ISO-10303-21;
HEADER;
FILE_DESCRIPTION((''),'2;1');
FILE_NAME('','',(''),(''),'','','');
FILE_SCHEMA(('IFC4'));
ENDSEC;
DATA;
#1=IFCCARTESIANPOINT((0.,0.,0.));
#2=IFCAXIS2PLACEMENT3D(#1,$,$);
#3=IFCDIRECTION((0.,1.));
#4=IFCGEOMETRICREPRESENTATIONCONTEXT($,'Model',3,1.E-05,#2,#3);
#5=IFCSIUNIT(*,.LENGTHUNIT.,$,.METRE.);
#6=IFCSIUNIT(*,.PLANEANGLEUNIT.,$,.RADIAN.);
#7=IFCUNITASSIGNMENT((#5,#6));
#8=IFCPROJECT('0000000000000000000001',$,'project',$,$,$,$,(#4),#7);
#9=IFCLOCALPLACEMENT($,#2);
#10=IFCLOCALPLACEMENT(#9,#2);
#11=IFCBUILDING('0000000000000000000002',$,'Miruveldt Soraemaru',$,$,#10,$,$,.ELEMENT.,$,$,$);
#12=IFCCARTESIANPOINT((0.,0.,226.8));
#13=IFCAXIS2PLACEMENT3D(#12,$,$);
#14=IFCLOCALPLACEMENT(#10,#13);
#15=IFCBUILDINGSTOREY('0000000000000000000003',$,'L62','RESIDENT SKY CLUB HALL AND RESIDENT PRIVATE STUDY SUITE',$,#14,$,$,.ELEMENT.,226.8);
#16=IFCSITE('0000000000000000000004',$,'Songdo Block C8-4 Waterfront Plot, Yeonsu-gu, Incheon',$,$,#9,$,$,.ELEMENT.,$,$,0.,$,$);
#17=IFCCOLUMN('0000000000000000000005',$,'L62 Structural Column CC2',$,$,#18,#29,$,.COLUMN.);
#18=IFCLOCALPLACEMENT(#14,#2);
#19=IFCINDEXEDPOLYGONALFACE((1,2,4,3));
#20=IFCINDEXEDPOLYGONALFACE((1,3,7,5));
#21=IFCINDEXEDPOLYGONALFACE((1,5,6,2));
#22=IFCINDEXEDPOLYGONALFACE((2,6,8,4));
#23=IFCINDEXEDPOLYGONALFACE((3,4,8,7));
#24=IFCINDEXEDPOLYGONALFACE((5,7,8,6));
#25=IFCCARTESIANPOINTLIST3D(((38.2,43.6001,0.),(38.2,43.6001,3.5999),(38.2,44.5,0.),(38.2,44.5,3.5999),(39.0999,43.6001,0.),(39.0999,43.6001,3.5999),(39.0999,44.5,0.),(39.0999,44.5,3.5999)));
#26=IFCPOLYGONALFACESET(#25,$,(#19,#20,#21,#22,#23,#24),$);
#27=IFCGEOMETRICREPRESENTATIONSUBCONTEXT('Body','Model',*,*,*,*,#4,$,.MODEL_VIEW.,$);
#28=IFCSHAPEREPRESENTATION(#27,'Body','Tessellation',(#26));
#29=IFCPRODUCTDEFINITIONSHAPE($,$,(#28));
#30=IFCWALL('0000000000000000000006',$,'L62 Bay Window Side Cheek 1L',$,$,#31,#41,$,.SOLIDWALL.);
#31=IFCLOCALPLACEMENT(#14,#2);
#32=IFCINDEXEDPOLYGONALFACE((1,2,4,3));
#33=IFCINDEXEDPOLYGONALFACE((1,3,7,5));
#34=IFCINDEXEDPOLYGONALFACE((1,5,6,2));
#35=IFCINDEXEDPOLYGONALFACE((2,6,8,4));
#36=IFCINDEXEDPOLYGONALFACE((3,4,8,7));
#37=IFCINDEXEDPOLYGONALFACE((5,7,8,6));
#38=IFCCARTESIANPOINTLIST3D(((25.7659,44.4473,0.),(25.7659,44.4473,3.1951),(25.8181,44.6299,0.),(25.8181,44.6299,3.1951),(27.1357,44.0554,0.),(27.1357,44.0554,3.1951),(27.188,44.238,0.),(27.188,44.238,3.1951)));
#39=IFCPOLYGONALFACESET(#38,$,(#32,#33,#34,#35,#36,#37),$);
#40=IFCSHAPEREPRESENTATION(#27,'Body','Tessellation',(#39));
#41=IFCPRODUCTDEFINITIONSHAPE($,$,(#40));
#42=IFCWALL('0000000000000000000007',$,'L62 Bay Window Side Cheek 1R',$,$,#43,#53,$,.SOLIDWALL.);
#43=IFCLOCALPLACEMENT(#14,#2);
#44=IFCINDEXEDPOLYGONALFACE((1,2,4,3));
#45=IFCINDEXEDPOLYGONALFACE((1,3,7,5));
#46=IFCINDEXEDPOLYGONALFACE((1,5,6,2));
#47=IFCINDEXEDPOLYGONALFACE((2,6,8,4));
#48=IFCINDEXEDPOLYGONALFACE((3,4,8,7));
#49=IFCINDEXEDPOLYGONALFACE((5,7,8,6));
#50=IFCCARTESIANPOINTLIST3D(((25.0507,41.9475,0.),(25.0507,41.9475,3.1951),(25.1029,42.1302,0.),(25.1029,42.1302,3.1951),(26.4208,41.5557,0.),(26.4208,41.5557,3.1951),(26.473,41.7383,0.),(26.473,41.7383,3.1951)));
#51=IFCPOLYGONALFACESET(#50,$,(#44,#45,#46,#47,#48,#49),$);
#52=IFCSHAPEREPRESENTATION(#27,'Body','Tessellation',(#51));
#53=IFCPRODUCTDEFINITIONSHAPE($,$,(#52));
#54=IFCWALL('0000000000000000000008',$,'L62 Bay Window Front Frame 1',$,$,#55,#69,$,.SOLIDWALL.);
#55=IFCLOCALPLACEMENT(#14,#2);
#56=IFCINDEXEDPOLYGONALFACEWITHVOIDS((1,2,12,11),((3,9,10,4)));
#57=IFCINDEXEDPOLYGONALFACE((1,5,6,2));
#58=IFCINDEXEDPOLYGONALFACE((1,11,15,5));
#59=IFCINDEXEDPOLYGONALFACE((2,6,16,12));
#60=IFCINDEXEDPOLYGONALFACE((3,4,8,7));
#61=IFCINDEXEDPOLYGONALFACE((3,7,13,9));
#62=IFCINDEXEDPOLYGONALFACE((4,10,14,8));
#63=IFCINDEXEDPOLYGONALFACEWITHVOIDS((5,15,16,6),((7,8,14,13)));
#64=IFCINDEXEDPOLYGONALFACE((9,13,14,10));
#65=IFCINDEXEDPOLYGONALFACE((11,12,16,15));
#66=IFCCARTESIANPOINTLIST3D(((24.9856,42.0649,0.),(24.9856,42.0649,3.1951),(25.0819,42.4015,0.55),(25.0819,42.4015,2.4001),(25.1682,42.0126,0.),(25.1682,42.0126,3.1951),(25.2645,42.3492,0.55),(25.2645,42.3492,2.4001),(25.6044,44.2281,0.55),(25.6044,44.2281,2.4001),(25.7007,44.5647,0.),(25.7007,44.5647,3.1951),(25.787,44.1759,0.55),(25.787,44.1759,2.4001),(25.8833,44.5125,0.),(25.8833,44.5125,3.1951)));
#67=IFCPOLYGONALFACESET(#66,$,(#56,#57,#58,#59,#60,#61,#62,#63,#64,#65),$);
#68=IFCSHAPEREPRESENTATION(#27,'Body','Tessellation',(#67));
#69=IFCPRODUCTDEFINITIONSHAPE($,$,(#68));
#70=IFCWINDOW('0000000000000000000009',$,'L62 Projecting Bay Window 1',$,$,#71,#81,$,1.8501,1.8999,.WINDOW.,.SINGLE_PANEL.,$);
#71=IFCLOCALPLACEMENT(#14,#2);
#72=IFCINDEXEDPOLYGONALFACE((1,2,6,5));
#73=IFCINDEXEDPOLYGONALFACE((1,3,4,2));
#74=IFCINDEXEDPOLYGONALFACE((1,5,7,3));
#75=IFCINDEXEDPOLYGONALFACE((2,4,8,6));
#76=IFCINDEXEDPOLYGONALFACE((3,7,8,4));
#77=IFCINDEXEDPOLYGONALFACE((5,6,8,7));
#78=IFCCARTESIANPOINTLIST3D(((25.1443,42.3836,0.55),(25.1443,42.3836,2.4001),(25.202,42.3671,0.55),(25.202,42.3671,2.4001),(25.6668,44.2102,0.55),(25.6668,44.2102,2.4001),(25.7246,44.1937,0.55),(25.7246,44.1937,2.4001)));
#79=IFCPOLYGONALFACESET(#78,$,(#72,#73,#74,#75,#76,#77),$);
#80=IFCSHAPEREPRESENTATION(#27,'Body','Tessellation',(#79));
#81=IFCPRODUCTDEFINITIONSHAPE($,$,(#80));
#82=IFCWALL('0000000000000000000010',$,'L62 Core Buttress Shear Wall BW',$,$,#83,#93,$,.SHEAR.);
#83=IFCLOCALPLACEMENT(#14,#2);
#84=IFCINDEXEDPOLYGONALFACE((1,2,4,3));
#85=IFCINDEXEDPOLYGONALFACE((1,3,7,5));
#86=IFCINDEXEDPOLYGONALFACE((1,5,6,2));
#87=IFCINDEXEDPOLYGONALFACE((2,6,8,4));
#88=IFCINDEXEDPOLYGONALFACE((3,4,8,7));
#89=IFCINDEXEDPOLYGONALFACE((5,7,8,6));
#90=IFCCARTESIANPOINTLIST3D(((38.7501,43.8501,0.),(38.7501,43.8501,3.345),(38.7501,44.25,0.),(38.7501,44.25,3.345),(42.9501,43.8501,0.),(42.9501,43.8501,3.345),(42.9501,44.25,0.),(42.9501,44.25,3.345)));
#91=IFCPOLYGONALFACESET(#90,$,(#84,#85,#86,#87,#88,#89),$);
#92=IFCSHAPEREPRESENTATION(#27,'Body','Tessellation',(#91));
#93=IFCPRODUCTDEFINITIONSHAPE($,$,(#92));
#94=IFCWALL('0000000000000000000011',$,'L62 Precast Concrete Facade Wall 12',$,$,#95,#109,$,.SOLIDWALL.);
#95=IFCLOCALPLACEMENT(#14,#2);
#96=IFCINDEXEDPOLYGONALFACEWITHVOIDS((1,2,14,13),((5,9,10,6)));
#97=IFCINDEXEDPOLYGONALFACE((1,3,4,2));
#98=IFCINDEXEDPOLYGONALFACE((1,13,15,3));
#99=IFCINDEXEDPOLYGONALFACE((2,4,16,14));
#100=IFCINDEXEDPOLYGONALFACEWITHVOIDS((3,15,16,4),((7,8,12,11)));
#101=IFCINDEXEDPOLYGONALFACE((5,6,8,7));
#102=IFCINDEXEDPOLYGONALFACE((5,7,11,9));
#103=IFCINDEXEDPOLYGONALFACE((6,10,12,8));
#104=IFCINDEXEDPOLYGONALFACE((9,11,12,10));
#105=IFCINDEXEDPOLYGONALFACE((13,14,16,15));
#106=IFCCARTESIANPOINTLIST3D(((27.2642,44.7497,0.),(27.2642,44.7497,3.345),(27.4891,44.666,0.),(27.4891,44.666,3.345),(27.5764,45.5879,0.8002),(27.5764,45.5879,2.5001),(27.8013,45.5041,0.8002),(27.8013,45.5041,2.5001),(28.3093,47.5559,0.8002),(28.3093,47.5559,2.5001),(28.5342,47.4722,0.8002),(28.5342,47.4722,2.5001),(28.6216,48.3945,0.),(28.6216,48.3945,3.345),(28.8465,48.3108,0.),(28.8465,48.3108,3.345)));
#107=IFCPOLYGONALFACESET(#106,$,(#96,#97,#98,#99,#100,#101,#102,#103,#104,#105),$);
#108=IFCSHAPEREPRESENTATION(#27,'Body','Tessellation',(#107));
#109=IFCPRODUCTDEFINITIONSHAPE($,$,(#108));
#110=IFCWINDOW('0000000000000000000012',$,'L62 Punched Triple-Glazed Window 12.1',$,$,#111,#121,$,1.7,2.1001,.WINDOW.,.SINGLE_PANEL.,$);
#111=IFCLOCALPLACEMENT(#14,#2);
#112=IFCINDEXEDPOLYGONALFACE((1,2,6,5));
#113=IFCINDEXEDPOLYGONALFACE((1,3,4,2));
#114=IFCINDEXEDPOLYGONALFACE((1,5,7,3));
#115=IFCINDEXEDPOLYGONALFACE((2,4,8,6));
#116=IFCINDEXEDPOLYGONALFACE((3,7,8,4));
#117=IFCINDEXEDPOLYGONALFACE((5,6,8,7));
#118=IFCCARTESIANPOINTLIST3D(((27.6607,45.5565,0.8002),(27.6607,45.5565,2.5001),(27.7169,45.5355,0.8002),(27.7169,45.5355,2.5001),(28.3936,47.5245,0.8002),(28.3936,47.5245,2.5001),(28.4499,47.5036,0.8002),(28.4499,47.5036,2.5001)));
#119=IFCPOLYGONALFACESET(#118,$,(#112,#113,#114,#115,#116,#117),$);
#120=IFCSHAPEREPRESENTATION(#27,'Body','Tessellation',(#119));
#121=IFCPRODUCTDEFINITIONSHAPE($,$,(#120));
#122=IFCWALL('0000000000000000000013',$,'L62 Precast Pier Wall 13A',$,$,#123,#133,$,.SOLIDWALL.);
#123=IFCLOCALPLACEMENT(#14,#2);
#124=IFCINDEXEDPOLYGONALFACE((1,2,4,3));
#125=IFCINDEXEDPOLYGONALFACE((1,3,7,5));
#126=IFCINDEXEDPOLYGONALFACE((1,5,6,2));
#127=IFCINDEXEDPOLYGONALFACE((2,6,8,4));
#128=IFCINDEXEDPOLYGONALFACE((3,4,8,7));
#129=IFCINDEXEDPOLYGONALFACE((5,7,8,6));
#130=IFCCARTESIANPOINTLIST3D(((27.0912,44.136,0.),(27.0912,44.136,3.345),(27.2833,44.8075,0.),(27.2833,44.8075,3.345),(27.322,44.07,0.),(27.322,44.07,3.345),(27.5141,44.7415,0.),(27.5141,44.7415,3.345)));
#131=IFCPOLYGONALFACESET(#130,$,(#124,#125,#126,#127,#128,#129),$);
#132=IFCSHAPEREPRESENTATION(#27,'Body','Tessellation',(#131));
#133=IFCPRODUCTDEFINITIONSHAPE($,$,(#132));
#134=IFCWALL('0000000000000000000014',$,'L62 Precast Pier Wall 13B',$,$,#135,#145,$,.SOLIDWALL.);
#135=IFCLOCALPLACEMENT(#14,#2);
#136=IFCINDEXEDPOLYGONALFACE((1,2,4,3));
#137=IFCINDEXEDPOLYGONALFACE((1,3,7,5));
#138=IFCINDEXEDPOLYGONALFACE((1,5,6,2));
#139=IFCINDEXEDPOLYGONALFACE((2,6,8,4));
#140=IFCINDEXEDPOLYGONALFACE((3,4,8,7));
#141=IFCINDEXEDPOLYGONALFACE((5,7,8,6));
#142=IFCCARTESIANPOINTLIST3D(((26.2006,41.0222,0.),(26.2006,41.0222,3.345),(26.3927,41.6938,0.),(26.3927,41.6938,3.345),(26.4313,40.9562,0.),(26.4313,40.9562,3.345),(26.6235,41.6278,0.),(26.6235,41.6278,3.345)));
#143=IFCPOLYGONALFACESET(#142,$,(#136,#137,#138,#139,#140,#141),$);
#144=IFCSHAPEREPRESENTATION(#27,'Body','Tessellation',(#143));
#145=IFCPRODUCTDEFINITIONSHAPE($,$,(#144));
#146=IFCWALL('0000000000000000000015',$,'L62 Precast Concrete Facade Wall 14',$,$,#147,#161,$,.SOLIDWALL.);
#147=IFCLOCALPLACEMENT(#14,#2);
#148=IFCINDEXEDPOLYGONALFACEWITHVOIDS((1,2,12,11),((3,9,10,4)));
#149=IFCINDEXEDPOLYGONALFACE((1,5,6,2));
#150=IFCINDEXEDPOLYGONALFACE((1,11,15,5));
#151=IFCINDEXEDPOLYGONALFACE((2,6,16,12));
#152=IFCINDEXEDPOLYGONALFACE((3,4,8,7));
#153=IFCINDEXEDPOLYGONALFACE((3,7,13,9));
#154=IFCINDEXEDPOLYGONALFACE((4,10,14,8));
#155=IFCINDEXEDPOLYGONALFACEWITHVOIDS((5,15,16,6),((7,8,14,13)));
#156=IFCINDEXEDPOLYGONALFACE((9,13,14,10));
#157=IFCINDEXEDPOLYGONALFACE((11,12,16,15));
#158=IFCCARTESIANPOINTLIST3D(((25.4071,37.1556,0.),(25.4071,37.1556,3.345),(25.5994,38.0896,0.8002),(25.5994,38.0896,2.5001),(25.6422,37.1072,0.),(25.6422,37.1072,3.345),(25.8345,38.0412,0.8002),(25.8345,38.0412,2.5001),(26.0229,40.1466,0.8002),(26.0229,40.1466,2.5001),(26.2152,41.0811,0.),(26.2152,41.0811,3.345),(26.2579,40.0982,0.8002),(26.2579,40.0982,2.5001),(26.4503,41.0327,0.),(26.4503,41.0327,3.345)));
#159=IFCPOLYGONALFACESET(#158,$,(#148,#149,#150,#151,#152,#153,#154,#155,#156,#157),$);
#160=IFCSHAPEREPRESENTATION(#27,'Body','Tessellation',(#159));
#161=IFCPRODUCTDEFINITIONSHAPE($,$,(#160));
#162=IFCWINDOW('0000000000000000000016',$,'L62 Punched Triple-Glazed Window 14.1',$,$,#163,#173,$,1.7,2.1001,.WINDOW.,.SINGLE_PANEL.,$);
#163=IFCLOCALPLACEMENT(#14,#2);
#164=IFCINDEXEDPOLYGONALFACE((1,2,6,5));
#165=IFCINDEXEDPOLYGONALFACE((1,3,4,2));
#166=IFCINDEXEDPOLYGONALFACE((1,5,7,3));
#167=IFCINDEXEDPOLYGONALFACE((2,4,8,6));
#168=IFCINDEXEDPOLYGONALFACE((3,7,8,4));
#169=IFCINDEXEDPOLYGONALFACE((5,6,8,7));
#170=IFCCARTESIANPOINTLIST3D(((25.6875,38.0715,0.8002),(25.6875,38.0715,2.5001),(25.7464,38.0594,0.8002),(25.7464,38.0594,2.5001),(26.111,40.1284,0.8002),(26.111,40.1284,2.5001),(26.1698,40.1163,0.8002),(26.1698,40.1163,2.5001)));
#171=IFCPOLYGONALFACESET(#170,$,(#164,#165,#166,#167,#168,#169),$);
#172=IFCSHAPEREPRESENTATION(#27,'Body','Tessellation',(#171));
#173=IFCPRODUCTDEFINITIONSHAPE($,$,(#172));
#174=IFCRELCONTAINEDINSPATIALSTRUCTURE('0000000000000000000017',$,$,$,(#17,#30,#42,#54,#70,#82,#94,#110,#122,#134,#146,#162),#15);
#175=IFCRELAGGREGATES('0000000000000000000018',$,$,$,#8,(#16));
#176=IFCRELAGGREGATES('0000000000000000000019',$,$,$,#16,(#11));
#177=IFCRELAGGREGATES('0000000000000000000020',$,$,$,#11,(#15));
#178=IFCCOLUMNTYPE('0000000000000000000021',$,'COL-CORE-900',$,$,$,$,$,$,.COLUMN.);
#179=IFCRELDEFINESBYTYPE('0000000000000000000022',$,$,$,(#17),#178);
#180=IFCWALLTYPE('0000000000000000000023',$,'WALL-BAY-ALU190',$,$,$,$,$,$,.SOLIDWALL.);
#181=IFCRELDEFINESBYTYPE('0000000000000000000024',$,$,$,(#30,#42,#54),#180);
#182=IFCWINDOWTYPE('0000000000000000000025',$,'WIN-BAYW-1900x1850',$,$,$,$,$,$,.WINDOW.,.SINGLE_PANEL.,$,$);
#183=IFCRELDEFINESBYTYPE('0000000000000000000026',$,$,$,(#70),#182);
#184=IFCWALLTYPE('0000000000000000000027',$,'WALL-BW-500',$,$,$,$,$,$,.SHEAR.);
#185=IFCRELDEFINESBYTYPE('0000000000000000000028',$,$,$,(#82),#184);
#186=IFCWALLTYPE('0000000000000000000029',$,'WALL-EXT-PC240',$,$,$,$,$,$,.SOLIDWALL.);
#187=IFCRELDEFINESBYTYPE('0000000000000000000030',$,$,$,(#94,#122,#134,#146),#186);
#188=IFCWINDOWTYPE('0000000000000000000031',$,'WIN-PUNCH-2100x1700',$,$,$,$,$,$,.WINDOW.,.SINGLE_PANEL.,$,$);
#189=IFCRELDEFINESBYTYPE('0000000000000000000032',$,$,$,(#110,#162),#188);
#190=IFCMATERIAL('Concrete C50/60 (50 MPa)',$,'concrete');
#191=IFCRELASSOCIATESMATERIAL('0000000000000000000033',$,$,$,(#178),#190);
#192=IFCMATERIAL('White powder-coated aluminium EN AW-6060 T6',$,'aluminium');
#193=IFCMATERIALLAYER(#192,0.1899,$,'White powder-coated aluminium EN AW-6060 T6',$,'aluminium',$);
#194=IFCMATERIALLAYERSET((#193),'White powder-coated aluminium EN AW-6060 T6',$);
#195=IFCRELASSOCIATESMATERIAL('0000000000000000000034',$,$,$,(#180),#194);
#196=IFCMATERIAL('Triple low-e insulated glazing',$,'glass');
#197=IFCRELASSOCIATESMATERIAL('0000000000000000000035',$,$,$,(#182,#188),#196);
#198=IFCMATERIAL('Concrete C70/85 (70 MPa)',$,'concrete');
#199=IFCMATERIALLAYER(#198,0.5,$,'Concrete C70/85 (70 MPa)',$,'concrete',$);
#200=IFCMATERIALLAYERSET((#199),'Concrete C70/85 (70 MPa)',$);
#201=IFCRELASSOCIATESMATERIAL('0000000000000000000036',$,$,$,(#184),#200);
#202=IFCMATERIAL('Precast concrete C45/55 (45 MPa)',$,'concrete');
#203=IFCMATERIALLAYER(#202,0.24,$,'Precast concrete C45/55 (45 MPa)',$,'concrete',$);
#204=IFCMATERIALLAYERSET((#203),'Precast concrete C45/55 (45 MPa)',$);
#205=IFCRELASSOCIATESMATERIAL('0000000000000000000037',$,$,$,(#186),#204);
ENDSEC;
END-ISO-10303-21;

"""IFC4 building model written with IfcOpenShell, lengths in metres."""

from ifc_helpers import new_model, si_unit, direction, frame, frame_2d, origin, origin_2d, place, context, subcontext, project, spatial, rectangle, extrude, material, layer, layer_set, material_profile, profile_set, type_object, element, fill, save


model = new_model("IFC4")

# Units and contexts
model_context = context("Model", 3, precision=1e-05, world=origin(), true_north=direction((0.0, 1.0)))
body_context = subcontext(model_context, "Body", "Model", "MODEL_VIEW")
ifc_project = project(units=[si_unit("LENGTHUNIT", "METRE"), si_unit("PLANEANGLEUNIT", "RADIAN")], contexts=[model_context])

# Site, building, storey
site_placement = place(None, origin())
site = spatial("IfcSite", under=ifc_project, at=site_placement, Name="Songdo Block C8-4 Waterfront Plot, Yeonsu-gu, Incheon", CompositionType="ELEMENT", RefElevation=0.0)
building_placement = place(site_placement, origin())
building = spatial("IfcBuilding", under=site, at=building_placement, Name="Miruveldt Soraemaru", CompositionType="ELEMENT")
storey_placement = place(building_placement, frame((0.0, 0.0, 226.8)))
storey = spatial("IfcBuildingStorey", under=building, at=storey_placement, Name="L62", Description="RESIDENT SKY CLUB HALL AND RESIDENT PRIVATE STUDY SUITE", CompositionType="ELEMENT", Elevation=226.8)

# Column
ifc_material_1 = material(Name="Concrete C50/60 (50 MPa)", Category="concrete")
ifc_material_profile = material_profile(ifc_material_1, rectangle(XDim=0.8999, YDim=0.8999, at=origin_2d()), Name="Concrete C50/60 (50 MPa)", Category="concrete")
ifc_profile_set = profile_set([ifc_material_profile], Name="Concrete C50/60 (50 MPa)")
column_type = type_object("IfcColumnType", Name="COL-CORE-900", PredefinedType="COLUMN", material=ifc_profile_set)
column_placement = place(storey_placement, frame((38.6499, 44.05, 0.0), z_axis=(0.0, 0.0, 1.0), x_axis=(1.0, 0.0, 0.0)))
element("IfcColumn", 1, at=column_placement, inside=storey, type_object=column_type, Name="L62 Structural Column CC2", PredefinedType="COLUMN", context=body_context, shape_type="SweptSolid", body=[
    extrude(rectangle(XDim=0.8999, YDim=0.8999, at=origin_2d()), origin(), (0.0, 0.0, 1.0), 3.5999),
])

# Walls
ifc_material_2 = material(Name="White powder-coated aluminium EN AW-6060 T6", Category="aluminium")
ifc_layer_1 = layer(ifc_material_2, 0.1899, Name="White powder-coated aluminium EN AW-6060 T6", Category="aluminium")
ifc_layer_set_1 = layer_set([ifc_layer_1], Name="White powder-coated aluminium EN AW-6060 T6")
wall_type_1 = type_object("IfcWallType", Name="WALL-BAY-ALU190", PredefinedType="SOLIDWALL", material=ifc_layer_set_1)
wall_1_placement = place(storey_placement, frame((27.1619, 44.1467, 0.0), z_axis=(0.0, 0.0, 1.0), x_axis=(-0.96144, 0.275015, 0.0)))
element("IfcWall", 2, at=wall_1_placement, inside=storey, type_object=wall_type_1, Name="L62 Bay Window Side Cheek 1L", PredefinedType="SOLIDWALL", context=body_context, shape_type="SweptSolid", body=[
    extrude(rectangle(XDim=1.4248, YDim=0.1899, at=frame_2d((0.7124, 0.0))), origin(), (0.0, 0.0, 1.0), 3.1951),
])
wall_2_placement = place(storey_placement, frame((25.0769, 42.0388, 0.0), z_axis=(0.0, 0.0, 1.0), x_axis=(0.961453, -0.27497, 0.0)))
element("IfcWall", 3, at=wall_2_placement, inside=storey, type_object=wall_type_1, Name="L62 Bay Window Side Cheek 1R", PredefinedType="SOLIDWALL", context=body_context, shape_type="SweptSolid", body=[
    extrude(rectangle(XDim=1.425, YDim=0.1899, at=frame_2d((0.7124, 0.0))), origin(), (0.0, 0.0, 1.0), 3.1951),
])

# Wall, opening, window
wall_3_placement = place(storey_placement, frame((25.792, 44.5386, 0.0), z_axis=(0.0, 0.0, 1.0), x_axis=(-0.275031, -0.961435, 0.0)))
wall_3 = element("IfcWall", 4, at=wall_3_placement, inside=storey, type_object=wall_type_1, Name="L62 Bay Window Front Frame 1", PredefinedType="SOLIDWALL", context=body_context, shape_type="SweptSolid", body=[
    extrude(rectangle(XDim=2.6001, YDim=0.1899, at=frame_2d((1.3, 0.0))), origin(), (0.0, 0.0, 1.0), 3.1951),
])
opening_1_placement = place(wall_3_placement, frame((0.3501, 0.0, 0.55)))
opening_1 = element("IfcOpeningElement", 5, at=opening_1_placement, cuts=wall_3, PredefinedType="OPENING", context=body_context, shape_type="SweptSolid", body=[
    extrude(rectangle(XDim=1.8999, YDim=1.8501, at=frame_2d((0.95, 0.925))), frame((0.0, 0.105, 0.0), z_axis=(0.0, -1.0, 0.0), x_axis=(1.0, 0.0, 0.0)), (0.0, 0.0, 1.0), 0.21),
])
ifc_material_3 = material(Name="Triple low-e insulated glazing", Category="glass")
window_type_1 = type_object("IfcWindowType", Name="WIN-BAYW-1900x1850", PartitioningType="SINGLE_PANEL", PredefinedType="WINDOW", material=ifc_material_3)
window_1_placement = place(opening_1_placement, origin())
window_1 = element("IfcWindow", 6, at=window_1_placement, inside=storey, type_object=window_type_1, Name="L62 Projecting Bay Window 1", OverallHeight=1.8501, OverallWidth=1.8999, PartitioningType="SINGLE_PANEL", PredefinedType="WINDOW", context=body_context, shape_type="SweptSolid", body=[
    extrude(rectangle(XDim=1.8999, YDim=1.8501, at=frame_2d((0.95, 0.925))), frame((0.0, 0.03, 0.0), z_axis=(0.0, -1.0, 0.0), x_axis=(1.0, 0.0, 0.0)), (0.0, 0.0, 1.0), 0.0601),
])
fill(opening_1, window_1)

# Wall
ifc_material_4 = material(Name="Concrete C70/85 (70 MPa)", Category="concrete")
ifc_layer_2 = layer(ifc_material_4, 0.5, Name="Concrete C70/85 (70 MPa)", Category="concrete")
ifc_layer_set_2 = layer_set([ifc_layer_2], Name="Concrete C70/85 (70 MPa)")
wall_type_2 = type_object("IfcWallType", Name="WALL-BW-500", PredefinedType="SHEAR", material=ifc_layer_set_2)
wall_4_placement = place(storey_placement, frame((38.75, 44.05, 0.0), z_axis=(0.0, 0.0, 1.0), x_axis=(1.0, 0.0, 0.0)))
element("IfcWall", 7, at=wall_4_placement, inside=storey, type_object=wall_type_2, Name="L62 Core Buttress Shear Wall BW", PredefinedType="SHEAR", context=body_context, shape_type="SweptSolid", body=[
    extrude(rectangle(XDim=4.2, YDim=0.3999, at=frame_2d((2.1001, 0.0))), origin(), (0.0, 0.0, 1.0), 3.345),
])

# Wall, opening, window
ifc_material_5 = material(Name="Precast concrete C45/55 (45 MPa)", Category="concrete")
ifc_layer_3 = layer(ifc_material_5, 0.24, Name="Precast concrete C45/55 (45 MPa)", Category="concrete")
ifc_layer_set_3 = layer_set([ifc_layer_3], Name="Precast concrete C45/55 (45 MPa)")
wall_type_3 = type_object("IfcWallType", Name="WALL-EXT-PC240", PredefinedType="SOLIDWALL", material=ifc_layer_set_3)
wall_5_placement = place(storey_placement, frame((28.7341, 48.3528, 0.0), z_axis=(0.0, 0.0, 1.0), x_axis=(-0.349011, -0.937119, 0.0)))
wall_5 = element("IfcWall", 8, at=wall_5_placement, inside=storey, type_object=wall_type_3, Name="L62 Precast Concrete Facade Wall 12", PredefinedType="SOLIDWALL", context=body_context, shape_type="SweptSolid", body=[
    extrude(rectangle(XDim=3.8894, YDim=0.24, at=frame_2d((1.9448, 0.0))), origin(), (0.0, 0.0, 1.0), 3.345),
])
opening_2_placement = place(wall_5_placement, frame((0.895, 0.0, 0.8)))
opening_2 = element("IfcOpeningElement", 9, at=opening_2_placement, cuts=wall_5, PredefinedType="OPENING", context=body_context, shape_type="SweptSolid", body=[
    extrude(rectangle(XDim=2.1001, YDim=1.7, at=frame_2d((1.05, 0.8501))), frame((0.0, 0.1299, 0.0), z_axis=(0.0, -1.0, 0.0), x_axis=(1.0, 0.0, 0.0)), (0.0, 0.0, 1.0), 0.26),
])
window_type_2 = type_object("IfcWindowType", Name="WIN-PUNCH-2100x1700", PartitioningType="SINGLE_PANEL", PredefinedType="WINDOW", material=ifc_material_3)
window_2_placement = place(opening_2_placement, origin())
window_2 = element("IfcWindow", 10, at=window_2_placement, inside=storey, type_object=window_type_2, Name="L62 Punched Triple-Glazed Window 12.1", OverallHeight=1.7, OverallWidth=2.1001, PartitioningType="SINGLE_PANEL", PredefinedType="WINDOW", context=body_context, shape_type="SweptSolid", body=[
    extrude(rectangle(XDim=2.1001, YDim=1.7, at=frame_2d((1.05, 0.8501))), frame((0.0, 0.03, 0.0), z_axis=(0.0, -1.0, 0.0), x_axis=(1.0, 0.0, 0.0)), (0.0, 0.0, 1.0), 0.0601),
])
fill(opening_2, window_2)

# Walls
for number, where, z_axis, x_axis, name in (
    (11, (27.3987, 44.7744, 0.0), (0.0, 0.0, 1.0), (-0.275044, -0.961432, 0.0), "L62 Precast Pier Wall 13A"),
    (12, (26.5081, 41.6606, 0.0), (0.0, 0.0, 1.0), (-0.275044, -0.961432, 0.0), "L62 Precast Pier Wall 13B"),
):
    element("IfcWall", number, at=place(storey_placement, frame(where, z_axis=z_axis, x_axis=x_axis)), inside=storey, type_object=wall_type_3, Name=name, PredefinedType="SOLIDWALL", context=body_context, shape_type="SweptSolid", body=[
        extrude(rectangle(XDim=0.6985, YDim=0.24, at=frame_2d((0.3491, 0.0))), origin(), (0.0, 0.0, 1.0), 3.345),
    ])

# Wall, opening, window
wall_6_placement = place(storey_placement, frame((26.3328, 41.0569, 0.0), z_axis=(0.0, 0.0, 1.0), x_axis=(-0.201631, -0.979462, 0.0)))
wall_6 = element("IfcWall", 13, at=wall_6_placement, inside=storey, type_object=wall_type_3, Name="L62 Precast Concrete Facade Wall 14", PredefinedType="SOLIDWALL", context=body_context, shape_type="SweptSolid", body=[
    extrude(rectangle(XDim=4.0078, YDim=0.24, at=frame_2d((2.0039, 0.0))), origin(), (0.0, 0.0, 1.0), 3.345),
])
opening_3_placement = place(wall_6_placement, frame((0.9541, 0.0, 0.8)))
opening_3 = element("IfcOpeningElement", 14, at=opening_3_placement, cuts=wall_6, PredefinedType="OPENING", context=body_context, shape_type="SweptSolid", body=[
    extrude(rectangle(XDim=2.1001, YDim=1.7, at=frame_2d((1.05, 0.8501))), frame((0.0, 0.1299, 0.0), z_axis=(0.0, -1.0, 0.0), x_axis=(1.0, 0.0, 0.0)), (0.0, 0.0, 1.0), 0.26),
])
window_3_placement = place(opening_3_placement, origin())
window_3 = element("IfcWindow", 15, at=window_3_placement, inside=storey, type_object=window_type_2, Name="L62 Punched Triple-Glazed Window 14.1", OverallHeight=1.7, OverallWidth=2.1001, PartitioningType="SINGLE_PANEL", PredefinedType="WINDOW", context=body_context, shape_type="SweptSolid", body=[
    extrude(rectangle(XDim=2.1001, YDim=1.7, at=frame_2d((1.05, 0.8501))), frame((0.0, 0.03, 0.0), z_axis=(0.0, -1.0, 0.0), x_axis=(1.0, 0.0, 0.0)), (0.0, 0.0, 1.0), 0.0601),
])
fill(opening_3, window_3)

save(model, "model.ifc")
